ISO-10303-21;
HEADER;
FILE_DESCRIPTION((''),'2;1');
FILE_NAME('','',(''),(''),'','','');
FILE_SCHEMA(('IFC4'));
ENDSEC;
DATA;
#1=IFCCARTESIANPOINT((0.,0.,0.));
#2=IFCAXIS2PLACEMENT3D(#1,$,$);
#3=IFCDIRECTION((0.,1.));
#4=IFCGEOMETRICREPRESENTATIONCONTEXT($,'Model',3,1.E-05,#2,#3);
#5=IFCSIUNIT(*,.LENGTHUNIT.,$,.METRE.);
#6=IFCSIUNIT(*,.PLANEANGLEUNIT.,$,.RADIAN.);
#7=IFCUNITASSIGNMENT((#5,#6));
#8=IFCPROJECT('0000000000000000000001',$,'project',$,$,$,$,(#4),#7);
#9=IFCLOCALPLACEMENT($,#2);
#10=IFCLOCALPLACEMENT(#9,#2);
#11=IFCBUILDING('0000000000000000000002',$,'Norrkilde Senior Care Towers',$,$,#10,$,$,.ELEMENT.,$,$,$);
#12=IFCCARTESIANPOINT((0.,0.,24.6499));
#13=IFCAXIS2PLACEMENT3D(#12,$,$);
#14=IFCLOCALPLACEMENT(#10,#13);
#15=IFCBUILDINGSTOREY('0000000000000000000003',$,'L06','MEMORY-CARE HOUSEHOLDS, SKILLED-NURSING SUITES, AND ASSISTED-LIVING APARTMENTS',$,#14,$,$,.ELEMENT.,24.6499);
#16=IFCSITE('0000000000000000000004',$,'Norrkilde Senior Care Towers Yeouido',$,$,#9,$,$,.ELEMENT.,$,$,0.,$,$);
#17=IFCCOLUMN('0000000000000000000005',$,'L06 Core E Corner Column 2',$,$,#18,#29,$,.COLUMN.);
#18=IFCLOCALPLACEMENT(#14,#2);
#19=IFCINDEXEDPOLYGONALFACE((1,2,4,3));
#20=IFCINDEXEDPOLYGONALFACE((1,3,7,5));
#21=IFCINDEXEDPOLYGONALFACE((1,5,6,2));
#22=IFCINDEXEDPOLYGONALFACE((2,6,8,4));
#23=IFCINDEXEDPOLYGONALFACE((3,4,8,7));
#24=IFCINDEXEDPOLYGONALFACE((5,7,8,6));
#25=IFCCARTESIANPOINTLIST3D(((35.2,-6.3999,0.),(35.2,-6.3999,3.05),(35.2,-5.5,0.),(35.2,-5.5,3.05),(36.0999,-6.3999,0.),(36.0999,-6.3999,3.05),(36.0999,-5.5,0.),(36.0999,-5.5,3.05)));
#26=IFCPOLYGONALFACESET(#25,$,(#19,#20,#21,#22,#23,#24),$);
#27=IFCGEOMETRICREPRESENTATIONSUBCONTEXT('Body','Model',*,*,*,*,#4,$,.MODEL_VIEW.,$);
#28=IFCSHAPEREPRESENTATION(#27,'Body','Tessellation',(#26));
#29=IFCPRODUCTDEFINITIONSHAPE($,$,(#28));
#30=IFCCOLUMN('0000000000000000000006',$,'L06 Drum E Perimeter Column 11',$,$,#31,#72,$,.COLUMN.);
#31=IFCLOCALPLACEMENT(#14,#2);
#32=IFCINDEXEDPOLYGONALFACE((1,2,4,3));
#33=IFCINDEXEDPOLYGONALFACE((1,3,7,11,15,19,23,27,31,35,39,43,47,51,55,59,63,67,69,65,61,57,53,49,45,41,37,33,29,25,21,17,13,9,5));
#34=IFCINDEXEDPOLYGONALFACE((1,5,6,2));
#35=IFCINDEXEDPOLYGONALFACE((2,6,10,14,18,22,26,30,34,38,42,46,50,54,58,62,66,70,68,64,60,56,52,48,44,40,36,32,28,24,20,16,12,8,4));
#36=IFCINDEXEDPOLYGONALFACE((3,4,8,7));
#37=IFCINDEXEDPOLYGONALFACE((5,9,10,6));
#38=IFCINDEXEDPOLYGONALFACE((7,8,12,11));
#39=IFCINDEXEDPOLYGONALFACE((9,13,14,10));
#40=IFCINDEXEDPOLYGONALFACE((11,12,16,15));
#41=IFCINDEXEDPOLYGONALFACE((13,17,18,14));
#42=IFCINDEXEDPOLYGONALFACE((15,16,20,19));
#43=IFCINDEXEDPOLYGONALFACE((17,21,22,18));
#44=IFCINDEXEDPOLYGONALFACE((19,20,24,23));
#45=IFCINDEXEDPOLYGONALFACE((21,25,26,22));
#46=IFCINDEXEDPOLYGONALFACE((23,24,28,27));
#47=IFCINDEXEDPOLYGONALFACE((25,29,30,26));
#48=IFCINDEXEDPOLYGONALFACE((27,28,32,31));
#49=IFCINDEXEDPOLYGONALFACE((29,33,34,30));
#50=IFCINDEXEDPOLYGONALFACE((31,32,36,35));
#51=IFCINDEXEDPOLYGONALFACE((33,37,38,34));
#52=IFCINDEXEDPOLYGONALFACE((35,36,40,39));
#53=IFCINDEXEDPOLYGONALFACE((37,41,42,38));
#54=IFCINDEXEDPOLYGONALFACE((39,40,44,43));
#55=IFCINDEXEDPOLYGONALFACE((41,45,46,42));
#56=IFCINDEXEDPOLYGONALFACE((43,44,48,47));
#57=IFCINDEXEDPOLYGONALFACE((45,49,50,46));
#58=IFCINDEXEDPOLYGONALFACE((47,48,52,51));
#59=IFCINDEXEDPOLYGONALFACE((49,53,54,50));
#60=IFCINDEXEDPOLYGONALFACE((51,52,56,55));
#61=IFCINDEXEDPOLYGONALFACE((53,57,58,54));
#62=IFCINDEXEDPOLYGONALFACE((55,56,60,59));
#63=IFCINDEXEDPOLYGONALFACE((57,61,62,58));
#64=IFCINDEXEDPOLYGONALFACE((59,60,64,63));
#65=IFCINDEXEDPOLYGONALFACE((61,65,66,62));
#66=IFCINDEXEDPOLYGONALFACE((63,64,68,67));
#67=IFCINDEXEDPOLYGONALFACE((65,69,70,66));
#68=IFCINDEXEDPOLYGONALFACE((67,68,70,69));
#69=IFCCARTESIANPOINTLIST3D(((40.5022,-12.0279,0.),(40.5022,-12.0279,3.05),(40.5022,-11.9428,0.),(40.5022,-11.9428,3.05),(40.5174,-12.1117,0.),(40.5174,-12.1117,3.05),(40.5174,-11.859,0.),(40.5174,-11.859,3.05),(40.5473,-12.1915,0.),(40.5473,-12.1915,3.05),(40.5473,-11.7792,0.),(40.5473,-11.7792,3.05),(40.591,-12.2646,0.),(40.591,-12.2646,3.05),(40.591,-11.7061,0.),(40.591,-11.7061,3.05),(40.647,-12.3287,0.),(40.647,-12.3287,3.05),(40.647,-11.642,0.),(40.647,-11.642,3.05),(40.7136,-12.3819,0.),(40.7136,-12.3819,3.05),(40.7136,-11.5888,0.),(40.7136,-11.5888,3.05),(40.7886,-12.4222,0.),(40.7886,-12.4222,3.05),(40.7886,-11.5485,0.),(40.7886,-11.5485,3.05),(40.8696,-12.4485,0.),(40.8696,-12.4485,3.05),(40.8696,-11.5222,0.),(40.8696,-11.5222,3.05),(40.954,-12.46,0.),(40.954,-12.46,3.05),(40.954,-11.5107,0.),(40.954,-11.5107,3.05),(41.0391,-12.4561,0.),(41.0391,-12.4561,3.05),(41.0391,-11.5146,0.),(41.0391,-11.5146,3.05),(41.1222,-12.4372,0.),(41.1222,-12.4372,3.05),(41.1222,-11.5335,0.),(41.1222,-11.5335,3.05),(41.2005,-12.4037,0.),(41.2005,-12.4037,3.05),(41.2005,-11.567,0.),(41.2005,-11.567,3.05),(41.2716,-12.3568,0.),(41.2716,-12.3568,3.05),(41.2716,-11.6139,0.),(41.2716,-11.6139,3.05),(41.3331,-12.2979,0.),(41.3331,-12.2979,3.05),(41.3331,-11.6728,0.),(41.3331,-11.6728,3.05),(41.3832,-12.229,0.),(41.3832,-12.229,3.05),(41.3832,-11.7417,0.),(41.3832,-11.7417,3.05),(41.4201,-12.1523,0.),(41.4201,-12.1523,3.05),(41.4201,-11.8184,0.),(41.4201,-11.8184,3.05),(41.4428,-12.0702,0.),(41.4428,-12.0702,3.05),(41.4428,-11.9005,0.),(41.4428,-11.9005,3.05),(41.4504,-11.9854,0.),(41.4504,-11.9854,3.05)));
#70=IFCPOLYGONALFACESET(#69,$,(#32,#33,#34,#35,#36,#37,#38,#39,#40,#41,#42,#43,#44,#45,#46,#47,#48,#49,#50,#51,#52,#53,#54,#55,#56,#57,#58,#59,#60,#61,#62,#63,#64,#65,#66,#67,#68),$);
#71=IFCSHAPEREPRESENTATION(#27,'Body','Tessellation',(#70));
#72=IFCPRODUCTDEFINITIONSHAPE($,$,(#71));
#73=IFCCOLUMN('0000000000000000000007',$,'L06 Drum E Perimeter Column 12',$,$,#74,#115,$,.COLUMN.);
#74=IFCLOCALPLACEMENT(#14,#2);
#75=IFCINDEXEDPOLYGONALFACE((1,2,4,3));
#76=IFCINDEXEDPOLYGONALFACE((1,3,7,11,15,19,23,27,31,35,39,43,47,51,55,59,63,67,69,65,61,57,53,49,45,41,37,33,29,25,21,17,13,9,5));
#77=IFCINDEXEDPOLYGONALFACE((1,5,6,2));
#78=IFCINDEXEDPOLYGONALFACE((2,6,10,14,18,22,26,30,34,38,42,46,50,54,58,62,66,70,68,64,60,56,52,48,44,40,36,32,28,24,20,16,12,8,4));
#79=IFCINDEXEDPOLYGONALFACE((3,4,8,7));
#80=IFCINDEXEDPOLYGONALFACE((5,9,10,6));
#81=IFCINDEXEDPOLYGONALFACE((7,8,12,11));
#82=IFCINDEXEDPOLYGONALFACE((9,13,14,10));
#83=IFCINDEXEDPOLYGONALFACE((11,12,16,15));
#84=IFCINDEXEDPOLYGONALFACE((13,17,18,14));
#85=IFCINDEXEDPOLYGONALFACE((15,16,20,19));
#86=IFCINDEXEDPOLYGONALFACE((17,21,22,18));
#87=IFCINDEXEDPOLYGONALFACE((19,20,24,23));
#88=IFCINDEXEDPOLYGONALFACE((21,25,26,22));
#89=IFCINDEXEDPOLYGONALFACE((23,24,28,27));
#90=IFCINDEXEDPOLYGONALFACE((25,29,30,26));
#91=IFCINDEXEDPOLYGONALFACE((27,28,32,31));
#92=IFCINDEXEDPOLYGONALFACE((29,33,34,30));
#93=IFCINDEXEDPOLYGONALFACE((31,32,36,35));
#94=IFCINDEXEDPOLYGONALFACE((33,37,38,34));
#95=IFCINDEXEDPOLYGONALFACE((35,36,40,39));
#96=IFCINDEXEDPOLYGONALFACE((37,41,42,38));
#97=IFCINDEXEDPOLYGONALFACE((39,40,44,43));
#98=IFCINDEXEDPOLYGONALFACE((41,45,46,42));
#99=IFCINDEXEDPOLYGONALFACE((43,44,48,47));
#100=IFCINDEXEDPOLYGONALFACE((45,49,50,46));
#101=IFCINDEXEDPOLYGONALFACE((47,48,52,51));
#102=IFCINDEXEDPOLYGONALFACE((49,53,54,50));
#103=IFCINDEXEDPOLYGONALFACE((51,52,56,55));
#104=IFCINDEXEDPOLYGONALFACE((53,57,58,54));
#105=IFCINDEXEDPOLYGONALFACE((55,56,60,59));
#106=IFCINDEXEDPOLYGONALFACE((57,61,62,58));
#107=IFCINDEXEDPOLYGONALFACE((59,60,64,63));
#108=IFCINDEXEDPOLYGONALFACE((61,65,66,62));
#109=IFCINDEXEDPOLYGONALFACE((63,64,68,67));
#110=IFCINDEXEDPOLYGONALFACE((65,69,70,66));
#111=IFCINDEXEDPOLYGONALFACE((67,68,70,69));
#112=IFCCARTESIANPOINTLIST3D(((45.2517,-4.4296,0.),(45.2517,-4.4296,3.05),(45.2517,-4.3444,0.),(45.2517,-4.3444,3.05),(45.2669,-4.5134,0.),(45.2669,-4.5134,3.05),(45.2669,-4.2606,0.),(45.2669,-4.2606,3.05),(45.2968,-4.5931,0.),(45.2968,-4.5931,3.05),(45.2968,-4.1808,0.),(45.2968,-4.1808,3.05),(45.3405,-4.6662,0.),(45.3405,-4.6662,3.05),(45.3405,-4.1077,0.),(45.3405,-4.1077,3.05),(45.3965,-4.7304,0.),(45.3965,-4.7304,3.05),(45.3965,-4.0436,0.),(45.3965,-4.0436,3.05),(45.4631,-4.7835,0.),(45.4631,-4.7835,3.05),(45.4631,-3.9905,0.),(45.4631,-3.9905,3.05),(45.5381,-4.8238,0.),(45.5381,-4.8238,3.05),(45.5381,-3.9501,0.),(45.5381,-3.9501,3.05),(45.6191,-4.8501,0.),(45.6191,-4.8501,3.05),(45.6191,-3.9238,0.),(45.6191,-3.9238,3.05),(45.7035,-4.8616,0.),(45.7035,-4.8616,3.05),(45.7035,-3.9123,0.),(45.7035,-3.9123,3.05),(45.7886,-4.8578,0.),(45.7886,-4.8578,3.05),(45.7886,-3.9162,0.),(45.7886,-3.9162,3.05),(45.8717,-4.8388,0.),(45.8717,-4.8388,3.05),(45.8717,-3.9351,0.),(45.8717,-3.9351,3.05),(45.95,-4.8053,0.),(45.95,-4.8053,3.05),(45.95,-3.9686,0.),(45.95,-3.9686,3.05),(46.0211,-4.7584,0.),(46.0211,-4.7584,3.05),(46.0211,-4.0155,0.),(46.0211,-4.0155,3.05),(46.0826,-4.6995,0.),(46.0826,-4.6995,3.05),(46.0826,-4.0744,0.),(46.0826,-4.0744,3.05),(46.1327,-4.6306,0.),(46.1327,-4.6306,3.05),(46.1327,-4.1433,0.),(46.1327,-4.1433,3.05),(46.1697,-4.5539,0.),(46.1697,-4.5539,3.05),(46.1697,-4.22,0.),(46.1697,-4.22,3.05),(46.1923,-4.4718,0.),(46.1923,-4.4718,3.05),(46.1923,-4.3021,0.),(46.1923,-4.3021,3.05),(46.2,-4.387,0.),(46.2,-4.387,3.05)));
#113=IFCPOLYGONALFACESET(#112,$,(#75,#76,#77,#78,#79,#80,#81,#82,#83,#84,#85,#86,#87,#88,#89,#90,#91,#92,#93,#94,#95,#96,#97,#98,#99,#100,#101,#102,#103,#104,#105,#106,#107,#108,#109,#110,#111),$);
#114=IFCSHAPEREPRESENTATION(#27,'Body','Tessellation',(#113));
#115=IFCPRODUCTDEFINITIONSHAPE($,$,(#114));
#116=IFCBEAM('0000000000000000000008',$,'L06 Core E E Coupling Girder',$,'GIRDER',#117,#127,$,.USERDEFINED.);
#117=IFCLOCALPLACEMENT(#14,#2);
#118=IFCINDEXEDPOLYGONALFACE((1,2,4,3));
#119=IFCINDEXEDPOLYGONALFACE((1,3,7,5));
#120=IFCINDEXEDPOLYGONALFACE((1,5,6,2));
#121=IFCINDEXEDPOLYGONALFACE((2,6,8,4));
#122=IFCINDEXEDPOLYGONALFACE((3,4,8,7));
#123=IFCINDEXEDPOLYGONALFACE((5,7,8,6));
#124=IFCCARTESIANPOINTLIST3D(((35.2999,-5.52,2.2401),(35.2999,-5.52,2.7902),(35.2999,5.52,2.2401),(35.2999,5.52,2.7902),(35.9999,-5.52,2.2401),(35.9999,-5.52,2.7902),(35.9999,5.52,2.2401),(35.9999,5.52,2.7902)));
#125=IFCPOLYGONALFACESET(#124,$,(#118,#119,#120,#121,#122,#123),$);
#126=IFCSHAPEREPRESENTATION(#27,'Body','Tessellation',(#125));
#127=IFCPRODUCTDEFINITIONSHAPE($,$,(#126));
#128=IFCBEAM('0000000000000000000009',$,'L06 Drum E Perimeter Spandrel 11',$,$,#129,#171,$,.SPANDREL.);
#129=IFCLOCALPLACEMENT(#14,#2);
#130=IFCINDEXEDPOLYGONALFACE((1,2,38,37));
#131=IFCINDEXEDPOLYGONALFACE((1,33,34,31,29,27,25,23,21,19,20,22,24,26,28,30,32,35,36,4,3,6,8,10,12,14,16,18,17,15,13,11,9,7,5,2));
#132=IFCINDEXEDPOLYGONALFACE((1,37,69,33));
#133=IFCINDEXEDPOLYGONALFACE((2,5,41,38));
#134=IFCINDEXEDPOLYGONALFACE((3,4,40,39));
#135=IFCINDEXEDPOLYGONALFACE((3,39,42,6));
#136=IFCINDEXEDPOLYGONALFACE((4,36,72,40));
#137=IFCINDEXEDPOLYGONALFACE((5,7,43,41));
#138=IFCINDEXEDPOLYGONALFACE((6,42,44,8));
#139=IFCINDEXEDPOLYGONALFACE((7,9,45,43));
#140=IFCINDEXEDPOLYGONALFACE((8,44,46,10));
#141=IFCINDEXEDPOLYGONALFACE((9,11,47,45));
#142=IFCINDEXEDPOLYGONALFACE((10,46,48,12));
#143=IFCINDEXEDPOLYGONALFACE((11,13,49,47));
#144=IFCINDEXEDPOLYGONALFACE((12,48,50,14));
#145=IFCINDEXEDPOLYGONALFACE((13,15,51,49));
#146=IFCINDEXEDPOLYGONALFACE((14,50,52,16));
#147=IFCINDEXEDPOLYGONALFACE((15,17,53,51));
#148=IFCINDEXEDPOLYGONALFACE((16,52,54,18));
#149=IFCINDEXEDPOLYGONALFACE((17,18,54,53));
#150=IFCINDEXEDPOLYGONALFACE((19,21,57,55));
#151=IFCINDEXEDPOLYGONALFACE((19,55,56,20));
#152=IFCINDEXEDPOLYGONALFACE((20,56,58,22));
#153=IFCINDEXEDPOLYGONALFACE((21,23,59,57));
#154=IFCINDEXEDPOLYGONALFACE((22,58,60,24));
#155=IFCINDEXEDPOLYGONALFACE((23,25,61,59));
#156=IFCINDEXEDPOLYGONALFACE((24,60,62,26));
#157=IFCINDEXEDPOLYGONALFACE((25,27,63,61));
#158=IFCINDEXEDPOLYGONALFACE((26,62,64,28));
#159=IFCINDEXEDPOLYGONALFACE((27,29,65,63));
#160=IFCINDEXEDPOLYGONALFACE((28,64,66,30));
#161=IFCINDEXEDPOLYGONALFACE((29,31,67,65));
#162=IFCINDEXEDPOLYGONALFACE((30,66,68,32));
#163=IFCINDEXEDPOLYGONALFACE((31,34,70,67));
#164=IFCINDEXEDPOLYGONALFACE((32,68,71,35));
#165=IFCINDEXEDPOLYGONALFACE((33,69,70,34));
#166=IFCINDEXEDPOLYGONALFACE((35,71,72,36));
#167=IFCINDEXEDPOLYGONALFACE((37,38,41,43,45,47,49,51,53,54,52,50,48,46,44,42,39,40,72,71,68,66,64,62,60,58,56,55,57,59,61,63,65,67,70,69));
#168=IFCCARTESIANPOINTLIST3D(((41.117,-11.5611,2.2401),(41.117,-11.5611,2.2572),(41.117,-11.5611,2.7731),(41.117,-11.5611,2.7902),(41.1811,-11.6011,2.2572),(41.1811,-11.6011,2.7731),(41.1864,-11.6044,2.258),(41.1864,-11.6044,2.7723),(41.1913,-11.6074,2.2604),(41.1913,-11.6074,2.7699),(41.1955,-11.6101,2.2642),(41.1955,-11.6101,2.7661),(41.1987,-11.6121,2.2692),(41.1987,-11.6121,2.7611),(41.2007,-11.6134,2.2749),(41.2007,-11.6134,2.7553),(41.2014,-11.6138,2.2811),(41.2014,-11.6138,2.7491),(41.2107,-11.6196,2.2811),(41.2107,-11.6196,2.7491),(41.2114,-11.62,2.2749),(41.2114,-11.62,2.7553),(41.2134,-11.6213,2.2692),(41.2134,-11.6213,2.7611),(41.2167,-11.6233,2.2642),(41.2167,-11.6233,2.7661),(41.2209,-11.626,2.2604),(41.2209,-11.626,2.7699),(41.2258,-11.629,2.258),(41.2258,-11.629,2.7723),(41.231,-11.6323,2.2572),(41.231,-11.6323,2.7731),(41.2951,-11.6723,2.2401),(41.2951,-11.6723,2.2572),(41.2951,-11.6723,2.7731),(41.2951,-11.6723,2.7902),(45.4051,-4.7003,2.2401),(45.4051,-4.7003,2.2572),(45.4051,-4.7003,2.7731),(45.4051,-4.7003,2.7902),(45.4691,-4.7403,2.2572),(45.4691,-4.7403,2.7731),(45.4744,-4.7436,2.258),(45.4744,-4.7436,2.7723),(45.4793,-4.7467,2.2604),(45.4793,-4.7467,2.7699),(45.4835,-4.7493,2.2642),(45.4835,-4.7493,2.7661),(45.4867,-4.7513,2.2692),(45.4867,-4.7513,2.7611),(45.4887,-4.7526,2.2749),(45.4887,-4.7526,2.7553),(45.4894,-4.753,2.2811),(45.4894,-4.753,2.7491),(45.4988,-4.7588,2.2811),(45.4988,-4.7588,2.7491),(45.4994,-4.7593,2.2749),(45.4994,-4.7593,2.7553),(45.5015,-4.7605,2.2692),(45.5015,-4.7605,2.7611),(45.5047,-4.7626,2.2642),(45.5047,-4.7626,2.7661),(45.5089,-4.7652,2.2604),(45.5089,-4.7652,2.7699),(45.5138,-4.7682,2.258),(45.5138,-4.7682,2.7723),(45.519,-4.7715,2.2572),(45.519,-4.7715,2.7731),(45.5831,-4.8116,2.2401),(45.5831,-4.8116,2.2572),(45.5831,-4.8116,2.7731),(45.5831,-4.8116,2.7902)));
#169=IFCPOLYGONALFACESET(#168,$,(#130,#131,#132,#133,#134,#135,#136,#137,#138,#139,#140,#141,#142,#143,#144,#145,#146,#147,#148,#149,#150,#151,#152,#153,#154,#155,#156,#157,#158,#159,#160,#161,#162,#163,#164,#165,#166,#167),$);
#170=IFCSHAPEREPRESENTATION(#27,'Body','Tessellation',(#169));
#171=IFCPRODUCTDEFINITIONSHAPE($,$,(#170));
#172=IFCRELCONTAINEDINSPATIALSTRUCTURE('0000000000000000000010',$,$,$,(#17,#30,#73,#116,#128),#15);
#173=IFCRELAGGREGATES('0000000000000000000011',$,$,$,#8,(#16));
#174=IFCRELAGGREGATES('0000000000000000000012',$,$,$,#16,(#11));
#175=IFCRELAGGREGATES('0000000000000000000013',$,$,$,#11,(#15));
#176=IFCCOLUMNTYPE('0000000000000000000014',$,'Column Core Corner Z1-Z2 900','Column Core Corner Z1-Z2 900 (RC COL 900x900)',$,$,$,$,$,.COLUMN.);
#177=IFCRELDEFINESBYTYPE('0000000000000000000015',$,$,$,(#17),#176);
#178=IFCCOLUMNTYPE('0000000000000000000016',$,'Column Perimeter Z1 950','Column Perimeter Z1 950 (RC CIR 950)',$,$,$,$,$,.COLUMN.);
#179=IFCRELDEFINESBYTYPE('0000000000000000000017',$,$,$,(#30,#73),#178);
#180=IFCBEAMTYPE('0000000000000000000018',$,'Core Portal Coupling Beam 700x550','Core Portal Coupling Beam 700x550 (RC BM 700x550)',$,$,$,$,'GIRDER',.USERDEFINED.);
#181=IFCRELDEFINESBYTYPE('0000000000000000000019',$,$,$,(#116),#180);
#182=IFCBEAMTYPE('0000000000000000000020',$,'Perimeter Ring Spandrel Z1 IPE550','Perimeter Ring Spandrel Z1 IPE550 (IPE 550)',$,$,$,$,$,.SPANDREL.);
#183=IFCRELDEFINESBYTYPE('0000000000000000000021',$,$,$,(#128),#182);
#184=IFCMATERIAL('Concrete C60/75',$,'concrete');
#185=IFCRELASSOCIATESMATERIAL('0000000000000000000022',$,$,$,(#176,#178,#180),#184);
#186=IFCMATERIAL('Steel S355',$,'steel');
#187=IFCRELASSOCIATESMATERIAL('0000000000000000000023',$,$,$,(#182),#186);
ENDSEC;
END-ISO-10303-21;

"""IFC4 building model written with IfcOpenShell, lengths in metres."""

from ifc_helpers import new_model, si_unit, direction, frame, origin, origin_2d, place, context, subcontext, project, spatial, rectangle, circle, i_section, extrude, source, transform, mapped, material, material_profile, profile_set, type_object, type_shapes, element, save


model = new_model("IFC4")

# Units and contexts
model_context = context("Model", 3, precision=1e-05, world=origin(), true_north=direction((0.0, 1.0)))
body_context = subcontext(model_context, "Body", "Model", "MODEL_VIEW")
ifc_project = project(units=[si_unit("LENGTHUNIT", "METRE"), si_unit("PLANEANGLEUNIT", "RADIAN")], contexts=[model_context])

# Site, building, storey
site_placement = place(None, origin())
site = spatial("IfcSite", under=ifc_project, at=site_placement, Name="Norrkilde Senior Care Towers Yeouido", CompositionType="ELEMENT", RefElevation=0.0)
building_placement = place(site_placement, origin())
building = spatial("IfcBuilding", under=site, at=building_placement, Name="Norrkilde Senior Care Towers", CompositionType="ELEMENT")
storey_placement = place(building_placement, frame((0.0, 0.0, 24.6499)))
storey = spatial("IfcBuildingStorey", under=building, at=storey_placement, Name="L06", Description="MEMORY-CARE HOUSEHOLDS, SKILLED-NURSING SUITES, AND ASSISTED-LIVING APARTMENTS", CompositionType="ELEMENT", Elevation=24.6499)

# Columns
ifc_material_1 = material(Name="Concrete C60/75", Category="concrete")
ifc_material_profile_1 = material_profile(ifc_material_1, rectangle(XDim=0.8999, YDim=0.8999, at=origin_2d()), Name="RC COL 900x900")
ifc_profile_set_1 = profile_set([ifc_material_profile_1], Name="Concrete C60/75")
column_type_1 = type_object("IfcColumnType", Name="Column Core Corner Z1-Z2 900", Description="Column Core Corner Z1-Z2 900 (RC COL 900x900)", PredefinedType="COLUMN", material=ifc_profile_set_1)
shared_shape_1 = source(origin(), body_context, "Body", "SweptSolid", [
    extrude(rectangle(XDim=0.8999, YDim=0.8999, at=origin_2d()), origin(), (0.0, 0.0, 1.0), 3.05),
])
type_shapes(column_type_1, [shared_shape_1])
column_placement = place(storey_placement, frame((35.6499, -5.95, 0.0), z_axis=(0.0, 0.0, 1.0), x_axis=(1.0, 0.0, 0.0)))
element("IfcColumn", 1, at=column_placement, inside=storey, type_object=column_type_1, Name="L06 Core E Corner Column 2", PredefinedType="COLUMN", context=body_context, shape_type="MappedRepresentation", body=[
    mapped(shared_shape_1, transform((0.0, 0.0, 0.0), x_axis=(1.0, 0.0, 0.0), y_axis=(0.0, 1.0, 0.0), z_axis=(0.0, 0.0, 1.0), scale=1.0)),
])
ifc_material_profile_2 = material_profile(ifc_material_1, circle(Radius=0.4751, at=origin_2d()), Name="RC CIR 950")
ifc_profile_set_2 = profile_set([ifc_material_profile_2], Name="Concrete C60/75")
column_type_2 = type_object("IfcColumnType", Name="Column Perimeter Z1 950", Description="Column Perimeter Z1 950 (RC CIR 950)", PredefinedType="COLUMN", material=ifc_profile_set_2)
shared_shape_2 = source(origin(), body_context, "Body", "SweptSolid", [
    extrude(circle(Radius=0.4751, at=origin_2d()), origin(), (0.0, 0.0, 1.0), 3.05),
])
type_shapes(column_type_2, [shared_shape_2])
for number, where, z_axis, x_axis, name in (
    (2, (40.9753, -11.9854, 0.0), (0.0, 0.0, 1.0), (1.0, 0.0, 0.0), "L06 Drum E Perimeter Column 11"),
    (3, (45.7249, -4.387, 0.0), (0.0, 0.0, 1.0), (1.0, 0.0, 0.0), "L06 Drum E Perimeter Column 12"),
):
    element("IfcColumn", number, at=place(storey_placement, frame(where, z_axis=z_axis, x_axis=x_axis)), inside=storey, type_object=column_type_2, Name=name, PredefinedType="COLUMN", context=body_context, shape_type="MappedRepresentation", body=[
        mapped(shared_shape_2, transform((0.0, 0.0, 0.0), x_axis=(1.0, 0.0, 0.0), y_axis=(0.0, 1.0, 0.0), z_axis=(0.0, 0.0, 1.0), scale=1.0)),
    ])

# Beams
ifc_material_profile_3 = material_profile(ifc_material_1, rectangle(XDim=0.7, YDim=0.55, at=origin_2d()), Name="RC BM 700x550")
ifc_profile_set_3 = profile_set([ifc_material_profile_3], Name="Concrete C60/75")
beam_type_1 = type_object("IfcBeamType", Name="Core Portal Coupling Beam 700x550", Description="Core Portal Coupling Beam 700x550 (RC BM 700x550)", ElementType="GIRDER", PredefinedType="USERDEFINED", material=ifc_profile_set_3)
shared_shape_3 = source(origin(), body_context, "Body", "SweptSolid", [
    extrude(rectangle(XDim=0.7, YDim=0.55, at=origin_2d()), origin(), (0.0, 0.0, 1.0), 11.04),
])
type_shapes(beam_type_1, [shared_shape_3])
beam_1_placement = place(storey_placement, frame((35.6499, -5.52, 2.5151), z_axis=(0.0, 1.0, 0.0), x_axis=(-1.0, 0.0, 0.0)))
element("IfcBeam", 4, at=beam_1_placement, inside=storey, type_object=beam_type_1, Name="L06 Core E E Coupling Girder", ObjectType="GIRDER", PredefinedType="USERDEFINED", context=body_context, shape_type="MappedRepresentation", body=[
    mapped(shared_shape_3, transform((0.0, 0.0, 0.0), x_axis=(1.0, 0.0, 0.0), y_axis=(0.0, 1.0, 0.0), z_axis=(0.0, 0.0, 1.0), scale=1.0)),
])
ifc_material_2 = material(Name="Steel S355", Category="steel")
ifc_material_profile_4 = material_profile(ifc_material_2, i_section(OverallWidth=0.21, OverallDepth=0.55, WebThickness=0.011, FlangeThickness=0.0171, FilletRadius=0.0239, at=origin_2d()), Name="IPE 550")
ifc_profile_set_4 = profile_set([ifc_material_profile_4], Name="Steel S355")
beam_type_2 = type_object("IfcBeamType", Name="Perimeter Ring Spandrel Z1 IPE550", Description="Perimeter Ring Spandrel Z1 IPE550 (IPE 550)", PredefinedType="SPANDREL", material=ifc_profile_set_4)
shared_shape_4 = source(origin(), body_context, "Body", "SweptSolid", [
    extrude(i_section(OverallWidth=0.21, OverallDepth=0.55, WebThickness=0.011, FlangeThickness=0.0171, FilletRadius=0.0239, at=origin_2d()), origin(), (0.0, 0.0, 1.0), 8.0906),
])
beam_2_placement = place(storey_placement, frame((41.2061, -11.6167, 2.5151), z_axis=(0.530004, 0.847995, 0.0), x_axis=(-0.847995, 0.530004, 0.0)))
element("IfcBeam", 5, at=beam_2_placement, inside=storey, type_object=beam_type_2, Name="L06 Drum E Perimeter Spandrel 11", PredefinedType="SPANDREL", context=body_context, shape_type="MappedRepresentation", body=[
    mapped(shared_shape_4, transform((0.0, 0.0, 0.0), x_axis=(1.0, 0.0, 0.0), y_axis=(0.0, 1.0, 0.0), z_axis=(0.0, 0.0, 1.0), scale=1.0)),
])

save(model, "model.ifc")
